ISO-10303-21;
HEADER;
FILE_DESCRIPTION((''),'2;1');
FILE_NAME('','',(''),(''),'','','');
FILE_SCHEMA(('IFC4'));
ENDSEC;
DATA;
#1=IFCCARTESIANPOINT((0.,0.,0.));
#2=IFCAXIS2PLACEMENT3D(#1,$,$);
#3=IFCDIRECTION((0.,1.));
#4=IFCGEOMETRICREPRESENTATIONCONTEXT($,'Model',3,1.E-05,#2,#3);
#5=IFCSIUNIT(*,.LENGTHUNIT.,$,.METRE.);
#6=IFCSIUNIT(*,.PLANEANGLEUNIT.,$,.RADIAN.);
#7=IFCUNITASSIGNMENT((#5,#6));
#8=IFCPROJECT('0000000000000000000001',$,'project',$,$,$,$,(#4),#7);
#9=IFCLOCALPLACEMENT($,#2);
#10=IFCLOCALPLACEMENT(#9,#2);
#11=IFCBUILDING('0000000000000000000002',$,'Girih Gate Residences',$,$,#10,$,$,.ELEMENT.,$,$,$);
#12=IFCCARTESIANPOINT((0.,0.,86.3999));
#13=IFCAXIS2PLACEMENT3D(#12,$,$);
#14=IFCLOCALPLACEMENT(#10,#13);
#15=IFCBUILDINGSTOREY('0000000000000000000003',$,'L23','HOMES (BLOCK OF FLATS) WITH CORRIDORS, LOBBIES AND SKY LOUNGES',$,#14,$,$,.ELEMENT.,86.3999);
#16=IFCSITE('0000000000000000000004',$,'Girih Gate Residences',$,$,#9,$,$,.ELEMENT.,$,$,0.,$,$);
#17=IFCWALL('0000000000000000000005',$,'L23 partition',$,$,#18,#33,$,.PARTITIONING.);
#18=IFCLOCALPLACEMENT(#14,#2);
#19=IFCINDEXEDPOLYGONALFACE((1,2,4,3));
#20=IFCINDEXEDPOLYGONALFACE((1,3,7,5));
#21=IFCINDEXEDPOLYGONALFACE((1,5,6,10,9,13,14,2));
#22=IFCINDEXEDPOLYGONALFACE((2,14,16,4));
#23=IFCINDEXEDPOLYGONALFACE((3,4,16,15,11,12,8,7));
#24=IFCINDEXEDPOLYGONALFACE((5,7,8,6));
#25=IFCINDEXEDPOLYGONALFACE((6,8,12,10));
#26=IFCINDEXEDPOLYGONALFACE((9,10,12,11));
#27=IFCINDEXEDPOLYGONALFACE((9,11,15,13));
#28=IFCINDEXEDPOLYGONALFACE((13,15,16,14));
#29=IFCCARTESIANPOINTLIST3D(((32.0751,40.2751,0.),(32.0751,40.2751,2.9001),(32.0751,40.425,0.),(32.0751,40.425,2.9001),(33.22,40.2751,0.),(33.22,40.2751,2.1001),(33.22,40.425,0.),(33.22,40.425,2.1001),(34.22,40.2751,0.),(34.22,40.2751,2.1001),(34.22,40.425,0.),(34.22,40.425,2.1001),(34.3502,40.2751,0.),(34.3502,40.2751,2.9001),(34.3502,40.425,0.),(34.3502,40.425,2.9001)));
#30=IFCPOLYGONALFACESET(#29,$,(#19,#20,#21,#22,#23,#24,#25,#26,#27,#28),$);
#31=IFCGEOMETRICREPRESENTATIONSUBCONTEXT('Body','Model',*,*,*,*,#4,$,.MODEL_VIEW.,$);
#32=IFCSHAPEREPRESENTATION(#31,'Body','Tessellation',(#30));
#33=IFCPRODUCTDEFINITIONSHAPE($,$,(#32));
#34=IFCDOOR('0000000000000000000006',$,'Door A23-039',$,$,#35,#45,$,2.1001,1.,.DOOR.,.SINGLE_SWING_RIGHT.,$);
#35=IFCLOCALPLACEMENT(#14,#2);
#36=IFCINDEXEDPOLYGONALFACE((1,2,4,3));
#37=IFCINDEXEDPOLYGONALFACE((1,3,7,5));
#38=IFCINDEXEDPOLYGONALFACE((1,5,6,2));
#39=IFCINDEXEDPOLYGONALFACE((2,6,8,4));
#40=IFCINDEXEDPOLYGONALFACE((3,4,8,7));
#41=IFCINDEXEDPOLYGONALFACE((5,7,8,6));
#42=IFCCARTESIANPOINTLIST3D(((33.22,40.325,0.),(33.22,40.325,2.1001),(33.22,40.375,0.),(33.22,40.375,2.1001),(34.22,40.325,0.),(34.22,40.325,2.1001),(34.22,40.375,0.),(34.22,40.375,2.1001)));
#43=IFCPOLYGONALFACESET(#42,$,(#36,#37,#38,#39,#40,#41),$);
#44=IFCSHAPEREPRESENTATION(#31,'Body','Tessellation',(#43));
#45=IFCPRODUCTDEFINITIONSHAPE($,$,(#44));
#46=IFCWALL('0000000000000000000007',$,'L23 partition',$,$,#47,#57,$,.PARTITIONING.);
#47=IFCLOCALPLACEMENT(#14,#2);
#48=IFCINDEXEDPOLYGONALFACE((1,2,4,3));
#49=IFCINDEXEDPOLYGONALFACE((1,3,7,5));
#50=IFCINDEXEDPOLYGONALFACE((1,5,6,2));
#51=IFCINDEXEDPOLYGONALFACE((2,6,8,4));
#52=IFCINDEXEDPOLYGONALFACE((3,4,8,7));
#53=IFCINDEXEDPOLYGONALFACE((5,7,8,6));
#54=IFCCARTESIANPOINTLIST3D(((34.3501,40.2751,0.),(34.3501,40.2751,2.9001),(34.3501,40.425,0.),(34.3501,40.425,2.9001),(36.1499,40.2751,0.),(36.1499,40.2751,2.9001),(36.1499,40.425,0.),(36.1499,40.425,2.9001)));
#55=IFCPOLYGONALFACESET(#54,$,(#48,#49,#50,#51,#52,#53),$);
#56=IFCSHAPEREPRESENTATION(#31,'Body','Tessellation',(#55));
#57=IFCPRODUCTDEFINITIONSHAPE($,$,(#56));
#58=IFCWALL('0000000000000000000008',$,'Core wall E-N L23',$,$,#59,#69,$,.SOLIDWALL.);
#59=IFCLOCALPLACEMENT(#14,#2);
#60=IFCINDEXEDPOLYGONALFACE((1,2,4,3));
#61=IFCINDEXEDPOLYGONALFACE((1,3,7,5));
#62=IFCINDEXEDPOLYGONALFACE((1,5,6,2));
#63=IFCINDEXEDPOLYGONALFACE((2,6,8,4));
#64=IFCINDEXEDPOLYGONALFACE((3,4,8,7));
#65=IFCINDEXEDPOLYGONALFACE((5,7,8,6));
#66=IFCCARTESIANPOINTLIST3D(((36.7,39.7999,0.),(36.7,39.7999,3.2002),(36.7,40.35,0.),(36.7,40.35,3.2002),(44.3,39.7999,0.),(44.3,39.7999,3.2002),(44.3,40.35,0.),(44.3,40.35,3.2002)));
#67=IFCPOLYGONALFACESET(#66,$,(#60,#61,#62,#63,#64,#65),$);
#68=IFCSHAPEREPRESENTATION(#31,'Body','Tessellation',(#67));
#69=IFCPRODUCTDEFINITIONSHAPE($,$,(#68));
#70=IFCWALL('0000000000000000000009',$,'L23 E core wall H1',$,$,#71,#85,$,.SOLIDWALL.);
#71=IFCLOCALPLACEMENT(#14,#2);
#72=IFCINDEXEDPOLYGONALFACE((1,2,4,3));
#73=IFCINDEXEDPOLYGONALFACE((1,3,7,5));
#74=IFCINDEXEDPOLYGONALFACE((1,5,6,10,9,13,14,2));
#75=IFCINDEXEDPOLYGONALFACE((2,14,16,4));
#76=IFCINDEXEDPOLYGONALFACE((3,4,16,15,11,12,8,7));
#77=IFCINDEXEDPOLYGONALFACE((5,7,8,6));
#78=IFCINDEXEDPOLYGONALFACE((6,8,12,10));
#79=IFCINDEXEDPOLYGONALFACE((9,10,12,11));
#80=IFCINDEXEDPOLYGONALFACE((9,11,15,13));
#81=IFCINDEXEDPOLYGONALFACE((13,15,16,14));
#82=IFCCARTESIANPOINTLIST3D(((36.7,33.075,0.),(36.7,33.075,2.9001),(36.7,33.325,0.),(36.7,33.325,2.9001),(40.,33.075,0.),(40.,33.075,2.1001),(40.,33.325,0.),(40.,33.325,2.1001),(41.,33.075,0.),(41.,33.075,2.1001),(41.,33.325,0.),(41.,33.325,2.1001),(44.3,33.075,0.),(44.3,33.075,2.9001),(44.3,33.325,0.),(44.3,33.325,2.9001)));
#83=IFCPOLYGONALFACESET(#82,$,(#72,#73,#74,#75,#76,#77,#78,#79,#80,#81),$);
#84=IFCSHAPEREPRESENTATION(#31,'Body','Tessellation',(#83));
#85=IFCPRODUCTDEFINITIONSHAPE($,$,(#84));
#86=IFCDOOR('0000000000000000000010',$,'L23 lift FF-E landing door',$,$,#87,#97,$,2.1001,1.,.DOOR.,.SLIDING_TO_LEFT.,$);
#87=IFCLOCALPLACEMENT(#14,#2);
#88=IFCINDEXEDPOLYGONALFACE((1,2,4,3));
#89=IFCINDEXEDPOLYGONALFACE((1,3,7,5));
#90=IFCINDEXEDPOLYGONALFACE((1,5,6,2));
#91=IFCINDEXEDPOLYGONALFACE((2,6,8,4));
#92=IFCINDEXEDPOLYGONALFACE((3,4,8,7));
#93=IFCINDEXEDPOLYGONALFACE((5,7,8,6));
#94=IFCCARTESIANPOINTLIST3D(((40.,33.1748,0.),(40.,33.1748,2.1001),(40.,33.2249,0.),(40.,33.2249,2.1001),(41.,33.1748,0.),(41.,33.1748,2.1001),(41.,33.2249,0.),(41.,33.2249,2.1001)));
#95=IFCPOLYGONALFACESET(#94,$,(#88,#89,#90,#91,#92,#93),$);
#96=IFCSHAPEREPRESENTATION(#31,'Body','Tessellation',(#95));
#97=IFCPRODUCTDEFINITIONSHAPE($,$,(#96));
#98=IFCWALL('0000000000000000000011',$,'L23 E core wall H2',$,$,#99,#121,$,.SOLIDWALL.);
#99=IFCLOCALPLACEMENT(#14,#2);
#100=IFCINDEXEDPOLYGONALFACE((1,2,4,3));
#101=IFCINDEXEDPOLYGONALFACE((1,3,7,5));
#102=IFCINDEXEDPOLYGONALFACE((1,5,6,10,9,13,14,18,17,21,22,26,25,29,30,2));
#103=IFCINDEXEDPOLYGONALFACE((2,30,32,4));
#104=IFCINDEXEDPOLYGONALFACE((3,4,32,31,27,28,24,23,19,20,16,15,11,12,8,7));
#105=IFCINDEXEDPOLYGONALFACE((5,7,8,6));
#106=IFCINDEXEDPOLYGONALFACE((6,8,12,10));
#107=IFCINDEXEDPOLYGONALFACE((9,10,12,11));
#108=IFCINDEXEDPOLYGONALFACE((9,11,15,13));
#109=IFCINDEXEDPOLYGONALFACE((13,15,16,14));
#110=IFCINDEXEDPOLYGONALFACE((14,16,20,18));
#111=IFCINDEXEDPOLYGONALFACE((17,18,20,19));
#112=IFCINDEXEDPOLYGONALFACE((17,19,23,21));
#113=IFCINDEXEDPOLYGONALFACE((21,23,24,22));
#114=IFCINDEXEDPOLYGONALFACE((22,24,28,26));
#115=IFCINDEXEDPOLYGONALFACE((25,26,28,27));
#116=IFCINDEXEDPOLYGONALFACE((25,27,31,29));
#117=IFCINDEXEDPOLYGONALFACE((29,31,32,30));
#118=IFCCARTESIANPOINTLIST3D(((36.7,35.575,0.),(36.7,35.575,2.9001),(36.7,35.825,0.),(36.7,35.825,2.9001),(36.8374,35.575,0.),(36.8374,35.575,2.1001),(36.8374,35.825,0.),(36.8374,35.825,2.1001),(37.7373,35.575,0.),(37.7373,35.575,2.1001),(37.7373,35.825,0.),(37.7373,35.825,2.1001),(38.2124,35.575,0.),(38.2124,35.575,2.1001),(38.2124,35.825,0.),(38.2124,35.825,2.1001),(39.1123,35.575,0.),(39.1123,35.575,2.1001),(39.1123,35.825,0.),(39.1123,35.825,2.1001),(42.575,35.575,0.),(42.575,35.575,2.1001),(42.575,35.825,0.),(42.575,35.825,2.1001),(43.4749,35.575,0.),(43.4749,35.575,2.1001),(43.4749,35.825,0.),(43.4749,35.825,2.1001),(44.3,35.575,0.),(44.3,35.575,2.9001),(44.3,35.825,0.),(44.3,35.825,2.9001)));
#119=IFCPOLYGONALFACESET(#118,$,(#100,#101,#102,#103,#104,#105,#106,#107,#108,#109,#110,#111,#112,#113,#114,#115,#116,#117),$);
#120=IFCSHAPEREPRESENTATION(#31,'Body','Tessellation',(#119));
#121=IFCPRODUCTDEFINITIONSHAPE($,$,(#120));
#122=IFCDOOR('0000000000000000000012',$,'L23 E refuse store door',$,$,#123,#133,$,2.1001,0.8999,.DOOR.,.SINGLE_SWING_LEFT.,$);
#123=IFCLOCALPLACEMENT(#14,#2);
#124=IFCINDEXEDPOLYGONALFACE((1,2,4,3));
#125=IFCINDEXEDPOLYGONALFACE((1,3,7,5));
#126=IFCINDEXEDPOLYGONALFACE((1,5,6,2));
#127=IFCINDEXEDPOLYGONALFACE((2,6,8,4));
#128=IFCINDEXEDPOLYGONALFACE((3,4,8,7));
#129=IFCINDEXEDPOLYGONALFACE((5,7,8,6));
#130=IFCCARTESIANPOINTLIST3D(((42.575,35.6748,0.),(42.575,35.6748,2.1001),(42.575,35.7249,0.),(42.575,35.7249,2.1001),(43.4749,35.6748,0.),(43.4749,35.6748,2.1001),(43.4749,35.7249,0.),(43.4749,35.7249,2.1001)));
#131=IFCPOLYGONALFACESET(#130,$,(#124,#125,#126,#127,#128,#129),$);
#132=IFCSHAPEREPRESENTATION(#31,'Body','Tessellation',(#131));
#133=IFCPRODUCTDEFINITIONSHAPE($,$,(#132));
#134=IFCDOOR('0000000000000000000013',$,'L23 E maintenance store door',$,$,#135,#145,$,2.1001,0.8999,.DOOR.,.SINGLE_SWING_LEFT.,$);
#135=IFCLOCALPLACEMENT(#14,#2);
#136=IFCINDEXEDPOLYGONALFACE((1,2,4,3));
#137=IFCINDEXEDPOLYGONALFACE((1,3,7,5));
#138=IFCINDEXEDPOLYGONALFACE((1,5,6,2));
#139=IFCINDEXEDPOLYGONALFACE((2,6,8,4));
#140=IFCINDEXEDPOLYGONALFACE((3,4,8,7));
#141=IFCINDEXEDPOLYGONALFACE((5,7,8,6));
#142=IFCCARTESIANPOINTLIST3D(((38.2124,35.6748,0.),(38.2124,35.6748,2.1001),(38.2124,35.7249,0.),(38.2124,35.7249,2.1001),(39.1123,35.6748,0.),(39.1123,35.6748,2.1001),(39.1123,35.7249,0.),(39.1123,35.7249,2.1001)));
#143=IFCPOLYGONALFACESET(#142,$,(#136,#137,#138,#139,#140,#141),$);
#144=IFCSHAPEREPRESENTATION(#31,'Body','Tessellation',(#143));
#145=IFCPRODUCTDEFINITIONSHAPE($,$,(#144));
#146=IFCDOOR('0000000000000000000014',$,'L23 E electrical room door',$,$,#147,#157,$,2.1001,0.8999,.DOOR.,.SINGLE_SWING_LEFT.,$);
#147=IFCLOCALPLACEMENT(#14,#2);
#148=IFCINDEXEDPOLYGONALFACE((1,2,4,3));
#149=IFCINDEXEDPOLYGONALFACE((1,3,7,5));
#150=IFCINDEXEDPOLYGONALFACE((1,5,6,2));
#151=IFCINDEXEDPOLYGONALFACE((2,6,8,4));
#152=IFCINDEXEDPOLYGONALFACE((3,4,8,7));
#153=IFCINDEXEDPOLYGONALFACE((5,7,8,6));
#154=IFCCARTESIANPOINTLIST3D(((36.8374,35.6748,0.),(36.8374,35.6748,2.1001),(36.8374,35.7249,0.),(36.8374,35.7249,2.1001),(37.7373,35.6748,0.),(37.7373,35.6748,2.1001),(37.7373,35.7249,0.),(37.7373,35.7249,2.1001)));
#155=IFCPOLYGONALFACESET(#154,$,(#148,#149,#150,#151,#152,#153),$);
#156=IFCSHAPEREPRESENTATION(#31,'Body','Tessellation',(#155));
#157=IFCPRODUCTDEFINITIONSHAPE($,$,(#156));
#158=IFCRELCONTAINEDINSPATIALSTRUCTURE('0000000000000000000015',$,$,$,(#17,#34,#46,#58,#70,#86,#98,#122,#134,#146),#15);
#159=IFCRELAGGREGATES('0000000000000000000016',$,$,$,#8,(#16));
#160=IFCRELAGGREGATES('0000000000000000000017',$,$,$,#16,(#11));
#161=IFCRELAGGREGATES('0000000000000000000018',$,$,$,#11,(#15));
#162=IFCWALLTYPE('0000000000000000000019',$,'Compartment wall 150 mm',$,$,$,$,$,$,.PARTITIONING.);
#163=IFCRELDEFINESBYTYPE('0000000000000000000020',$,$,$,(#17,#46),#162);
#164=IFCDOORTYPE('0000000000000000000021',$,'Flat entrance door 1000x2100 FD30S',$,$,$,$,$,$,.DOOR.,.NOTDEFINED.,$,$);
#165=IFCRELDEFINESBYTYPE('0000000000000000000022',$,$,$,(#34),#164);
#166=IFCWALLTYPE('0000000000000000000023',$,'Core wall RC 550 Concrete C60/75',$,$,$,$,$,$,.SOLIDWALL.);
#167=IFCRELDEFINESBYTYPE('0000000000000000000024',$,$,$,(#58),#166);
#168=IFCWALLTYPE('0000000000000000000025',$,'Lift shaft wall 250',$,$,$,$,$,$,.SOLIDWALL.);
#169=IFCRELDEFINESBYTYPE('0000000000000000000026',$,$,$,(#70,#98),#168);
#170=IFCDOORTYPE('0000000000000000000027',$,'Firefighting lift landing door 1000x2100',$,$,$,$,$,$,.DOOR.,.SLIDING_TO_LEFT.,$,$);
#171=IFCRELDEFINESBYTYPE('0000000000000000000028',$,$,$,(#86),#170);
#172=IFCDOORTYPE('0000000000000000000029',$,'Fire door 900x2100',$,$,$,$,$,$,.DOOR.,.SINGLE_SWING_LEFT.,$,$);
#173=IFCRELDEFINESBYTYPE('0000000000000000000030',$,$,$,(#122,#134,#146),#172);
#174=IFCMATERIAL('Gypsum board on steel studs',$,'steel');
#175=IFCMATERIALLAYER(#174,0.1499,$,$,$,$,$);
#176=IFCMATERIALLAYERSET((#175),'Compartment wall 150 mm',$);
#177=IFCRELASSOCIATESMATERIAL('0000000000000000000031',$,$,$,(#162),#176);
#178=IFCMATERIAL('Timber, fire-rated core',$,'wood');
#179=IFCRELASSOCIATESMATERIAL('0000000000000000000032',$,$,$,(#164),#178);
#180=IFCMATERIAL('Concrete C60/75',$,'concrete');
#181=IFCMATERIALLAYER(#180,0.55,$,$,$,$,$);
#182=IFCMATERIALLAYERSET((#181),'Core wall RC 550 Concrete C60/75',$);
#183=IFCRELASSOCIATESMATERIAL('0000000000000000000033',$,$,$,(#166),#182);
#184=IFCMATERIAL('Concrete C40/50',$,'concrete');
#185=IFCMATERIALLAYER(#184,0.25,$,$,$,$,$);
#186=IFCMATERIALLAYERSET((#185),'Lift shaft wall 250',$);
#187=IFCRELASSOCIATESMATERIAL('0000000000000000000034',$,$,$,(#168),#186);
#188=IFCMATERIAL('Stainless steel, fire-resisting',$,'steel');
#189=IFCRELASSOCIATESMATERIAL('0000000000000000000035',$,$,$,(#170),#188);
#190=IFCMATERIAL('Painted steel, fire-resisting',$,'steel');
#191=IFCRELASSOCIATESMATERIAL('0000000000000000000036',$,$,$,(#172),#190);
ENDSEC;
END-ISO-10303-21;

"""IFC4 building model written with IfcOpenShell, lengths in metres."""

from ifc_helpers import new_model, si_unit, direction, frame, frame_2d, origin, place, context, subcontext, project, spatial, rectangle, extrude, material, layer, layer_set, type_object, element, fill, save


model = new_model("IFC4")

# Units and contexts
model_context = context("Model", 3, precision=1e-05, world=origin(), true_north=direction((0.0, 1.0)))
body_context = subcontext(model_context, "Body", "Model", "MODEL_VIEW")
ifc_project = project(units=[si_unit("LENGTHUNIT", "METRE"), si_unit("PLANEANGLEUNIT", "RADIAN")], contexts=[model_context])

# Site, building, storey
site_placement = place(None, origin())
site = spatial("IfcSite", under=ifc_project, at=site_placement, Name="Girih Gate Residences", CompositionType="ELEMENT", RefElevation=0.0)
building_placement = place(site_placement, origin())
building = spatial("IfcBuilding", under=site, at=building_placement, Name="Girih Gate Residences", CompositionType="ELEMENT")
storey_placement = place(building_placement, frame((0.0, 0.0, 86.3999)))
storey = spatial("IfcBuildingStorey", under=building, at=storey_placement, Name="L23", Description="HOMES (BLOCK OF FLATS) WITH CORRIDORS, LOBBIES AND SKY LOUNGES", CompositionType="ELEMENT", Elevation=86.3999)

# Wall, opening, door
ifc_material_1 = material(Name="Gypsum board on steel studs", Category="steel")
ifc_layer_1 = layer(ifc_material_1, 0.1499)
ifc_layer_set_1 = layer_set([ifc_layer_1], Name="Compartment wall 150 mm")
wall_type_1 = type_object("IfcWallType", Name="Compartment wall 150 mm", PredefinedType="PARTITIONING", material=ifc_layer_set_1)
wall_1_placement = place(storey_placement, frame((32.075, 40.3501, 0.0), z_axis=(0.0, 0.0, 1.0), x_axis=(1.0, 0.0, 0.0)))
wall_1 = element("IfcWall", 1, at=wall_1_placement, inside=storey, type_object=wall_type_1, Name="L23 partition", PredefinedType="PARTITIONING", context=body_context, shape_type="SweptSolid", body=[
    extrude(rectangle(XDim=2.2751, YDim=0.1499, at=frame_2d((1.1377, 0.0))), origin(), (0.0, 0.0, 1.0), 2.9001),
])
opening_1_placement = place(wall_1_placement, frame((1.145, 0.0, 0.0)))
opening_1 = element("IfcOpeningElement", 2, at=opening_1_placement, cuts=wall_1, PredefinedType="OPENING", context=body_context, shape_type="SweptSolid", body=[
    extrude(rectangle(XDim=1.0, YDim=2.1001, at=frame_2d((0.5, 1.05))), frame((0.0, 0.085, 0.0), z_axis=(0.0, -1.0, 0.0), x_axis=(1.0, 0.0, 0.0)), (0.0, 0.0, 1.0), 0.1699),
])
ifc_material_2 = material(Name="Timber, fire-rated core", Category="wood")
door_type_1 = type_object("IfcDoorType", Name="Flat entrance door 1000x2100 FD30S", OperationType="NOTDEFINED", PredefinedType="DOOR", material=ifc_material_2)
door_1_placement = place(opening_1_placement, origin())
door_1 = element("IfcDoor", 3, at=door_1_placement, inside=storey, type_object=door_type_1, Name="Door A23-039", OperationType="SINGLE_SWING_RIGHT", OverallHeight=2.1001, OverallWidth=1.0, PredefinedType="DOOR", context=body_context, shape_type="SweptSolid", body=[
    extrude(rectangle(XDim=1.0, YDim=2.1001, at=frame_2d((0.5, 1.05))), frame((0.0, 0.0249, 0.0), z_axis=(0.0, -1.0, 0.0), x_axis=(1.0, 0.0, 0.0)), (0.0, 0.0, 1.0), 0.05),
])
fill(opening_1, door_1)

# Walls
wall_2_placement = place(storey_placement, frame((34.3501, 40.3501, 0.0), z_axis=(0.0, 0.0, 1.0), x_axis=(1.0, 0.0, 0.0)))
element("IfcWall", 4, at=wall_2_placement, inside=storey, type_object=wall_type_1, Name="L23 partition", PredefinedType="PARTITIONING", context=body_context, shape_type="SweptSolid", body=[
    extrude(rectangle(XDim=1.7998, YDim=0.1499, at=frame_2d((0.8999, 0.0))), origin(), (0.0, 0.0, 1.0), 2.9001),
])
ifc_material_3 = material(Name="Concrete C60/75", Category="concrete")
ifc_layer_2 = layer(ifc_material_3, 0.55)
ifc_layer_set_2 = layer_set([ifc_layer_2], Name="Core wall RC 550 Concrete C60/75")
wall_type_2 = type_object("IfcWallType", Name="Core wall RC 550 Concrete C60/75", PredefinedType="SOLIDWALL", material=ifc_layer_set_2)
wall_3_placement = place(storey_placement, frame((36.7, 40.075, 0.0), z_axis=(0.0, 0.0, 1.0), x_axis=(1.0, 0.0, 0.0)))
element("IfcWall", 5, at=wall_3_placement, inside=storey, type_object=wall_type_2, Name="Core wall E-N L23", PredefinedType="SOLIDWALL", context=body_context, shape_type="SweptSolid", body=[
    extrude(rectangle(XDim=7.6001, YDim=0.55, at=frame_2d((3.8, 0.0))), origin(), (0.0, 0.0, 1.0), 3.2002),
])

# Wall, opening, door
ifc_material_4 = material(Name="Concrete C40/50", Category="concrete")
ifc_layer_3 = layer(ifc_material_4, 0.25)
ifc_layer_set_3 = layer_set([ifc_layer_3], Name="Lift shaft wall 250")
wall_type_3 = type_object("IfcWallType", Name="Lift shaft wall 250", PredefinedType="SOLIDWALL", material=ifc_layer_set_3)
wall_4_placement = place(storey_placement, frame((36.7, 33.2, 0.0), z_axis=(0.0, 0.0, 1.0), x_axis=(1.0, 0.0, 0.0)))
wall_4 = element("IfcWall", 6, at=wall_4_placement, inside=storey, type_object=wall_type_3, Name="L23 E core wall H1", PredefinedType="SOLIDWALL", context=body_context, shape_type="SweptSolid", body=[
    extrude(rectangle(XDim=7.6001, YDim=0.25, at=frame_2d((3.8, 0.0))), origin(), (0.0, 0.0, 1.0), 2.9001),
])
opening_2_placement = place(wall_4_placement, frame((3.3, 0.0, 0.0)))
opening_2 = element("IfcOpeningElement", 7, at=opening_2_placement, cuts=wall_4, PredefinedType="OPENING", context=body_context, shape_type="SweptSolid", body=[
    extrude(rectangle(XDim=1.0, YDim=2.1001, at=frame_2d((0.5, 1.05))), frame((0.0, 0.135, 0.0), z_axis=(0.0, -1.0, 0.0), x_axis=(1.0, 0.0, 0.0)), (0.0, 0.0, 1.0), 0.27),
])
ifc_material_5 = material(Name="Stainless steel, fire-resisting", Category="steel")
door_type_2 = type_object("IfcDoorType", Name="Firefighting lift landing door 1000x2100", OperationType="SLIDING_TO_LEFT", PredefinedType="DOOR", material=ifc_material_5)
door_2_placement = place(opening_2_placement, origin())
door_2 = element("IfcDoor", 8, at=door_2_placement, inside=storey, type_object=door_type_2, Name="L23 lift FF-E landing door", OperationType="SLIDING_TO_LEFT", OverallHeight=2.1001, OverallWidth=1.0, PredefinedType="DOOR", context=body_context, shape_type="SweptSolid", body=[
    extrude(rectangle(XDim=1.0, YDim=2.1001, at=frame_2d((0.5, 1.05))), frame((0.0, 0.0249, 0.0), z_axis=(0.0, -1.0, 0.0), x_axis=(1.0, 0.0, 0.0)), (0.0, 0.0, 1.0), 0.05),
])
fill(opening_2, door_2)

# Wall, openings, doors
wall_5_placement = place(storey_placement, frame((36.7, 35.7, 0.0), z_axis=(0.0, 0.0, 1.0), x_axis=(1.0, 0.0, 0.0)))
wall_5 = element("IfcWall", 9, at=wall_5_placement, inside=storey, type_object=wall_type_3, Name="L23 E core wall H2", PredefinedType="SOLIDWALL", context=body_context, shape_type="SweptSolid", body=[
    extrude(rectangle(XDim=7.6001, YDim=0.25, at=frame_2d((3.8, 0.0))), origin(), (0.0, 0.0, 1.0), 2.9001),
])
opening_3_placement = place(wall_5_placement, frame((5.875, 0.0, 0.0)))
opening_3 = element("IfcOpeningElement", 10, at=opening_3_placement, cuts=wall_5, PredefinedType="OPENING", context=body_context, shape_type="SweptSolid", body=[
    extrude(rectangle(XDim=0.8999, YDim=2.1001, at=frame_2d((0.45, 1.05))), frame((0.0, 0.135, 0.0), z_axis=(0.0, -1.0, 0.0), x_axis=(1.0, 0.0, 0.0)), (0.0, 0.0, 1.0), 0.27),
])
opening_4_placement = place(wall_5_placement, frame((1.5125, 0.0, 0.0)))
opening_4 = element("IfcOpeningElement", 11, at=opening_4_placement, cuts=wall_5, PredefinedType="OPENING", context=body_context, shape_type="SweptSolid", body=[
    extrude(rectangle(XDim=0.8999, YDim=2.1001, at=frame_2d((0.45, 1.05))), frame((0.0, 0.135, 0.0), z_axis=(0.0, -1.0, 0.0), x_axis=(1.0, 0.0, 0.0)), (0.0, 0.0, 1.0), 0.27),
])
opening_5_placement = place(wall_5_placement, frame((0.1375, 0.0, 0.0)))
opening_5 = element("IfcOpeningElement", 12, at=opening_5_placement, cuts=wall_5, PredefinedType="OPENING", context=body_context, shape_type="SweptSolid", body=[
    extrude(rectangle(XDim=0.8999, YDim=2.1001, at=frame_2d((0.45, 1.05))), frame((0.0, 0.135, 0.0), z_axis=(0.0, -1.0, 0.0), x_axis=(1.0, 0.0, 0.0)), (0.0, 0.0, 1.0), 0.27),
])
ifc_material_6 = material(Name="Painted steel, fire-resisting", Category="steel")
door_type_3 = type_object("IfcDoorType", Name="Fire door 900x2100", OperationType="SINGLE_SWING_LEFT", PredefinedType="DOOR", material=ifc_material_6)
door_3_placement = place(opening_3_placement, origin())
door_3 = element("IfcDoor", 13, at=door_3_placement, inside=storey, type_object=door_type_3, Name="L23 E refuse store door", OperationType="SINGLE_SWING_LEFT", OverallHeight=2.1001, OverallWidth=0.8999, PredefinedType="DOOR", context=body_context, shape_type="SweptSolid", body=[
    extrude(rectangle(XDim=0.8999, YDim=2.1001, at=frame_2d((0.45, 1.05))), frame((0.0, 0.0249, 0.0), z_axis=(0.0, -1.0, 0.0), x_axis=(1.0, 0.0, 0.0)), (0.0, 0.0, 1.0), 0.05),
])
fill(opening_3, door_3)
door_4_placement = place(opening_4_placement, origin())
door_4 = element("IfcDoor", 14, at=door_4_placement, inside=storey, type_object=door_type_3, Name="L23 E maintenance store door", OperationType="SINGLE_SWING_LEFT", OverallHeight=2.1001, OverallWidth=0.8999, PredefinedType="DOOR", context=body_context, shape_type="SweptSolid", body=[
    extrude(rectangle(XDim=0.8999, YDim=2.1001, at=frame_2d((0.45, 1.05))), frame((0.0, 0.0249, 0.0), z_axis=(0.0, -1.0, 0.0), x_axis=(1.0, 0.0, 0.0)), (0.0, 0.0, 1.0), 0.05),
])
fill(opening_4, door_4)
door_5_placement = place(opening_5_placement, origin())
door_5 = element("IfcDoor", 15, at=door_5_placement, inside=storey, type_object=door_type_3, Name="L23 E electrical room door", OperationType="SINGLE_SWING_LEFT", OverallHeight=2.1001, OverallWidth=0.8999, PredefinedType="DOOR", context=body_context, shape_type="SweptSolid", body=[
    extrude(rectangle(XDim=0.8999, YDim=2.1001, at=frame_2d((0.45, 1.05))), frame((0.0, 0.0249, 0.0), z_axis=(0.0, -1.0, 0.0), x_axis=(1.0, 0.0, 0.0)), (0.0, 0.0, 1.0), 0.05),
])
fill(opening_5, door_5)

save(model, "model.ifc")
